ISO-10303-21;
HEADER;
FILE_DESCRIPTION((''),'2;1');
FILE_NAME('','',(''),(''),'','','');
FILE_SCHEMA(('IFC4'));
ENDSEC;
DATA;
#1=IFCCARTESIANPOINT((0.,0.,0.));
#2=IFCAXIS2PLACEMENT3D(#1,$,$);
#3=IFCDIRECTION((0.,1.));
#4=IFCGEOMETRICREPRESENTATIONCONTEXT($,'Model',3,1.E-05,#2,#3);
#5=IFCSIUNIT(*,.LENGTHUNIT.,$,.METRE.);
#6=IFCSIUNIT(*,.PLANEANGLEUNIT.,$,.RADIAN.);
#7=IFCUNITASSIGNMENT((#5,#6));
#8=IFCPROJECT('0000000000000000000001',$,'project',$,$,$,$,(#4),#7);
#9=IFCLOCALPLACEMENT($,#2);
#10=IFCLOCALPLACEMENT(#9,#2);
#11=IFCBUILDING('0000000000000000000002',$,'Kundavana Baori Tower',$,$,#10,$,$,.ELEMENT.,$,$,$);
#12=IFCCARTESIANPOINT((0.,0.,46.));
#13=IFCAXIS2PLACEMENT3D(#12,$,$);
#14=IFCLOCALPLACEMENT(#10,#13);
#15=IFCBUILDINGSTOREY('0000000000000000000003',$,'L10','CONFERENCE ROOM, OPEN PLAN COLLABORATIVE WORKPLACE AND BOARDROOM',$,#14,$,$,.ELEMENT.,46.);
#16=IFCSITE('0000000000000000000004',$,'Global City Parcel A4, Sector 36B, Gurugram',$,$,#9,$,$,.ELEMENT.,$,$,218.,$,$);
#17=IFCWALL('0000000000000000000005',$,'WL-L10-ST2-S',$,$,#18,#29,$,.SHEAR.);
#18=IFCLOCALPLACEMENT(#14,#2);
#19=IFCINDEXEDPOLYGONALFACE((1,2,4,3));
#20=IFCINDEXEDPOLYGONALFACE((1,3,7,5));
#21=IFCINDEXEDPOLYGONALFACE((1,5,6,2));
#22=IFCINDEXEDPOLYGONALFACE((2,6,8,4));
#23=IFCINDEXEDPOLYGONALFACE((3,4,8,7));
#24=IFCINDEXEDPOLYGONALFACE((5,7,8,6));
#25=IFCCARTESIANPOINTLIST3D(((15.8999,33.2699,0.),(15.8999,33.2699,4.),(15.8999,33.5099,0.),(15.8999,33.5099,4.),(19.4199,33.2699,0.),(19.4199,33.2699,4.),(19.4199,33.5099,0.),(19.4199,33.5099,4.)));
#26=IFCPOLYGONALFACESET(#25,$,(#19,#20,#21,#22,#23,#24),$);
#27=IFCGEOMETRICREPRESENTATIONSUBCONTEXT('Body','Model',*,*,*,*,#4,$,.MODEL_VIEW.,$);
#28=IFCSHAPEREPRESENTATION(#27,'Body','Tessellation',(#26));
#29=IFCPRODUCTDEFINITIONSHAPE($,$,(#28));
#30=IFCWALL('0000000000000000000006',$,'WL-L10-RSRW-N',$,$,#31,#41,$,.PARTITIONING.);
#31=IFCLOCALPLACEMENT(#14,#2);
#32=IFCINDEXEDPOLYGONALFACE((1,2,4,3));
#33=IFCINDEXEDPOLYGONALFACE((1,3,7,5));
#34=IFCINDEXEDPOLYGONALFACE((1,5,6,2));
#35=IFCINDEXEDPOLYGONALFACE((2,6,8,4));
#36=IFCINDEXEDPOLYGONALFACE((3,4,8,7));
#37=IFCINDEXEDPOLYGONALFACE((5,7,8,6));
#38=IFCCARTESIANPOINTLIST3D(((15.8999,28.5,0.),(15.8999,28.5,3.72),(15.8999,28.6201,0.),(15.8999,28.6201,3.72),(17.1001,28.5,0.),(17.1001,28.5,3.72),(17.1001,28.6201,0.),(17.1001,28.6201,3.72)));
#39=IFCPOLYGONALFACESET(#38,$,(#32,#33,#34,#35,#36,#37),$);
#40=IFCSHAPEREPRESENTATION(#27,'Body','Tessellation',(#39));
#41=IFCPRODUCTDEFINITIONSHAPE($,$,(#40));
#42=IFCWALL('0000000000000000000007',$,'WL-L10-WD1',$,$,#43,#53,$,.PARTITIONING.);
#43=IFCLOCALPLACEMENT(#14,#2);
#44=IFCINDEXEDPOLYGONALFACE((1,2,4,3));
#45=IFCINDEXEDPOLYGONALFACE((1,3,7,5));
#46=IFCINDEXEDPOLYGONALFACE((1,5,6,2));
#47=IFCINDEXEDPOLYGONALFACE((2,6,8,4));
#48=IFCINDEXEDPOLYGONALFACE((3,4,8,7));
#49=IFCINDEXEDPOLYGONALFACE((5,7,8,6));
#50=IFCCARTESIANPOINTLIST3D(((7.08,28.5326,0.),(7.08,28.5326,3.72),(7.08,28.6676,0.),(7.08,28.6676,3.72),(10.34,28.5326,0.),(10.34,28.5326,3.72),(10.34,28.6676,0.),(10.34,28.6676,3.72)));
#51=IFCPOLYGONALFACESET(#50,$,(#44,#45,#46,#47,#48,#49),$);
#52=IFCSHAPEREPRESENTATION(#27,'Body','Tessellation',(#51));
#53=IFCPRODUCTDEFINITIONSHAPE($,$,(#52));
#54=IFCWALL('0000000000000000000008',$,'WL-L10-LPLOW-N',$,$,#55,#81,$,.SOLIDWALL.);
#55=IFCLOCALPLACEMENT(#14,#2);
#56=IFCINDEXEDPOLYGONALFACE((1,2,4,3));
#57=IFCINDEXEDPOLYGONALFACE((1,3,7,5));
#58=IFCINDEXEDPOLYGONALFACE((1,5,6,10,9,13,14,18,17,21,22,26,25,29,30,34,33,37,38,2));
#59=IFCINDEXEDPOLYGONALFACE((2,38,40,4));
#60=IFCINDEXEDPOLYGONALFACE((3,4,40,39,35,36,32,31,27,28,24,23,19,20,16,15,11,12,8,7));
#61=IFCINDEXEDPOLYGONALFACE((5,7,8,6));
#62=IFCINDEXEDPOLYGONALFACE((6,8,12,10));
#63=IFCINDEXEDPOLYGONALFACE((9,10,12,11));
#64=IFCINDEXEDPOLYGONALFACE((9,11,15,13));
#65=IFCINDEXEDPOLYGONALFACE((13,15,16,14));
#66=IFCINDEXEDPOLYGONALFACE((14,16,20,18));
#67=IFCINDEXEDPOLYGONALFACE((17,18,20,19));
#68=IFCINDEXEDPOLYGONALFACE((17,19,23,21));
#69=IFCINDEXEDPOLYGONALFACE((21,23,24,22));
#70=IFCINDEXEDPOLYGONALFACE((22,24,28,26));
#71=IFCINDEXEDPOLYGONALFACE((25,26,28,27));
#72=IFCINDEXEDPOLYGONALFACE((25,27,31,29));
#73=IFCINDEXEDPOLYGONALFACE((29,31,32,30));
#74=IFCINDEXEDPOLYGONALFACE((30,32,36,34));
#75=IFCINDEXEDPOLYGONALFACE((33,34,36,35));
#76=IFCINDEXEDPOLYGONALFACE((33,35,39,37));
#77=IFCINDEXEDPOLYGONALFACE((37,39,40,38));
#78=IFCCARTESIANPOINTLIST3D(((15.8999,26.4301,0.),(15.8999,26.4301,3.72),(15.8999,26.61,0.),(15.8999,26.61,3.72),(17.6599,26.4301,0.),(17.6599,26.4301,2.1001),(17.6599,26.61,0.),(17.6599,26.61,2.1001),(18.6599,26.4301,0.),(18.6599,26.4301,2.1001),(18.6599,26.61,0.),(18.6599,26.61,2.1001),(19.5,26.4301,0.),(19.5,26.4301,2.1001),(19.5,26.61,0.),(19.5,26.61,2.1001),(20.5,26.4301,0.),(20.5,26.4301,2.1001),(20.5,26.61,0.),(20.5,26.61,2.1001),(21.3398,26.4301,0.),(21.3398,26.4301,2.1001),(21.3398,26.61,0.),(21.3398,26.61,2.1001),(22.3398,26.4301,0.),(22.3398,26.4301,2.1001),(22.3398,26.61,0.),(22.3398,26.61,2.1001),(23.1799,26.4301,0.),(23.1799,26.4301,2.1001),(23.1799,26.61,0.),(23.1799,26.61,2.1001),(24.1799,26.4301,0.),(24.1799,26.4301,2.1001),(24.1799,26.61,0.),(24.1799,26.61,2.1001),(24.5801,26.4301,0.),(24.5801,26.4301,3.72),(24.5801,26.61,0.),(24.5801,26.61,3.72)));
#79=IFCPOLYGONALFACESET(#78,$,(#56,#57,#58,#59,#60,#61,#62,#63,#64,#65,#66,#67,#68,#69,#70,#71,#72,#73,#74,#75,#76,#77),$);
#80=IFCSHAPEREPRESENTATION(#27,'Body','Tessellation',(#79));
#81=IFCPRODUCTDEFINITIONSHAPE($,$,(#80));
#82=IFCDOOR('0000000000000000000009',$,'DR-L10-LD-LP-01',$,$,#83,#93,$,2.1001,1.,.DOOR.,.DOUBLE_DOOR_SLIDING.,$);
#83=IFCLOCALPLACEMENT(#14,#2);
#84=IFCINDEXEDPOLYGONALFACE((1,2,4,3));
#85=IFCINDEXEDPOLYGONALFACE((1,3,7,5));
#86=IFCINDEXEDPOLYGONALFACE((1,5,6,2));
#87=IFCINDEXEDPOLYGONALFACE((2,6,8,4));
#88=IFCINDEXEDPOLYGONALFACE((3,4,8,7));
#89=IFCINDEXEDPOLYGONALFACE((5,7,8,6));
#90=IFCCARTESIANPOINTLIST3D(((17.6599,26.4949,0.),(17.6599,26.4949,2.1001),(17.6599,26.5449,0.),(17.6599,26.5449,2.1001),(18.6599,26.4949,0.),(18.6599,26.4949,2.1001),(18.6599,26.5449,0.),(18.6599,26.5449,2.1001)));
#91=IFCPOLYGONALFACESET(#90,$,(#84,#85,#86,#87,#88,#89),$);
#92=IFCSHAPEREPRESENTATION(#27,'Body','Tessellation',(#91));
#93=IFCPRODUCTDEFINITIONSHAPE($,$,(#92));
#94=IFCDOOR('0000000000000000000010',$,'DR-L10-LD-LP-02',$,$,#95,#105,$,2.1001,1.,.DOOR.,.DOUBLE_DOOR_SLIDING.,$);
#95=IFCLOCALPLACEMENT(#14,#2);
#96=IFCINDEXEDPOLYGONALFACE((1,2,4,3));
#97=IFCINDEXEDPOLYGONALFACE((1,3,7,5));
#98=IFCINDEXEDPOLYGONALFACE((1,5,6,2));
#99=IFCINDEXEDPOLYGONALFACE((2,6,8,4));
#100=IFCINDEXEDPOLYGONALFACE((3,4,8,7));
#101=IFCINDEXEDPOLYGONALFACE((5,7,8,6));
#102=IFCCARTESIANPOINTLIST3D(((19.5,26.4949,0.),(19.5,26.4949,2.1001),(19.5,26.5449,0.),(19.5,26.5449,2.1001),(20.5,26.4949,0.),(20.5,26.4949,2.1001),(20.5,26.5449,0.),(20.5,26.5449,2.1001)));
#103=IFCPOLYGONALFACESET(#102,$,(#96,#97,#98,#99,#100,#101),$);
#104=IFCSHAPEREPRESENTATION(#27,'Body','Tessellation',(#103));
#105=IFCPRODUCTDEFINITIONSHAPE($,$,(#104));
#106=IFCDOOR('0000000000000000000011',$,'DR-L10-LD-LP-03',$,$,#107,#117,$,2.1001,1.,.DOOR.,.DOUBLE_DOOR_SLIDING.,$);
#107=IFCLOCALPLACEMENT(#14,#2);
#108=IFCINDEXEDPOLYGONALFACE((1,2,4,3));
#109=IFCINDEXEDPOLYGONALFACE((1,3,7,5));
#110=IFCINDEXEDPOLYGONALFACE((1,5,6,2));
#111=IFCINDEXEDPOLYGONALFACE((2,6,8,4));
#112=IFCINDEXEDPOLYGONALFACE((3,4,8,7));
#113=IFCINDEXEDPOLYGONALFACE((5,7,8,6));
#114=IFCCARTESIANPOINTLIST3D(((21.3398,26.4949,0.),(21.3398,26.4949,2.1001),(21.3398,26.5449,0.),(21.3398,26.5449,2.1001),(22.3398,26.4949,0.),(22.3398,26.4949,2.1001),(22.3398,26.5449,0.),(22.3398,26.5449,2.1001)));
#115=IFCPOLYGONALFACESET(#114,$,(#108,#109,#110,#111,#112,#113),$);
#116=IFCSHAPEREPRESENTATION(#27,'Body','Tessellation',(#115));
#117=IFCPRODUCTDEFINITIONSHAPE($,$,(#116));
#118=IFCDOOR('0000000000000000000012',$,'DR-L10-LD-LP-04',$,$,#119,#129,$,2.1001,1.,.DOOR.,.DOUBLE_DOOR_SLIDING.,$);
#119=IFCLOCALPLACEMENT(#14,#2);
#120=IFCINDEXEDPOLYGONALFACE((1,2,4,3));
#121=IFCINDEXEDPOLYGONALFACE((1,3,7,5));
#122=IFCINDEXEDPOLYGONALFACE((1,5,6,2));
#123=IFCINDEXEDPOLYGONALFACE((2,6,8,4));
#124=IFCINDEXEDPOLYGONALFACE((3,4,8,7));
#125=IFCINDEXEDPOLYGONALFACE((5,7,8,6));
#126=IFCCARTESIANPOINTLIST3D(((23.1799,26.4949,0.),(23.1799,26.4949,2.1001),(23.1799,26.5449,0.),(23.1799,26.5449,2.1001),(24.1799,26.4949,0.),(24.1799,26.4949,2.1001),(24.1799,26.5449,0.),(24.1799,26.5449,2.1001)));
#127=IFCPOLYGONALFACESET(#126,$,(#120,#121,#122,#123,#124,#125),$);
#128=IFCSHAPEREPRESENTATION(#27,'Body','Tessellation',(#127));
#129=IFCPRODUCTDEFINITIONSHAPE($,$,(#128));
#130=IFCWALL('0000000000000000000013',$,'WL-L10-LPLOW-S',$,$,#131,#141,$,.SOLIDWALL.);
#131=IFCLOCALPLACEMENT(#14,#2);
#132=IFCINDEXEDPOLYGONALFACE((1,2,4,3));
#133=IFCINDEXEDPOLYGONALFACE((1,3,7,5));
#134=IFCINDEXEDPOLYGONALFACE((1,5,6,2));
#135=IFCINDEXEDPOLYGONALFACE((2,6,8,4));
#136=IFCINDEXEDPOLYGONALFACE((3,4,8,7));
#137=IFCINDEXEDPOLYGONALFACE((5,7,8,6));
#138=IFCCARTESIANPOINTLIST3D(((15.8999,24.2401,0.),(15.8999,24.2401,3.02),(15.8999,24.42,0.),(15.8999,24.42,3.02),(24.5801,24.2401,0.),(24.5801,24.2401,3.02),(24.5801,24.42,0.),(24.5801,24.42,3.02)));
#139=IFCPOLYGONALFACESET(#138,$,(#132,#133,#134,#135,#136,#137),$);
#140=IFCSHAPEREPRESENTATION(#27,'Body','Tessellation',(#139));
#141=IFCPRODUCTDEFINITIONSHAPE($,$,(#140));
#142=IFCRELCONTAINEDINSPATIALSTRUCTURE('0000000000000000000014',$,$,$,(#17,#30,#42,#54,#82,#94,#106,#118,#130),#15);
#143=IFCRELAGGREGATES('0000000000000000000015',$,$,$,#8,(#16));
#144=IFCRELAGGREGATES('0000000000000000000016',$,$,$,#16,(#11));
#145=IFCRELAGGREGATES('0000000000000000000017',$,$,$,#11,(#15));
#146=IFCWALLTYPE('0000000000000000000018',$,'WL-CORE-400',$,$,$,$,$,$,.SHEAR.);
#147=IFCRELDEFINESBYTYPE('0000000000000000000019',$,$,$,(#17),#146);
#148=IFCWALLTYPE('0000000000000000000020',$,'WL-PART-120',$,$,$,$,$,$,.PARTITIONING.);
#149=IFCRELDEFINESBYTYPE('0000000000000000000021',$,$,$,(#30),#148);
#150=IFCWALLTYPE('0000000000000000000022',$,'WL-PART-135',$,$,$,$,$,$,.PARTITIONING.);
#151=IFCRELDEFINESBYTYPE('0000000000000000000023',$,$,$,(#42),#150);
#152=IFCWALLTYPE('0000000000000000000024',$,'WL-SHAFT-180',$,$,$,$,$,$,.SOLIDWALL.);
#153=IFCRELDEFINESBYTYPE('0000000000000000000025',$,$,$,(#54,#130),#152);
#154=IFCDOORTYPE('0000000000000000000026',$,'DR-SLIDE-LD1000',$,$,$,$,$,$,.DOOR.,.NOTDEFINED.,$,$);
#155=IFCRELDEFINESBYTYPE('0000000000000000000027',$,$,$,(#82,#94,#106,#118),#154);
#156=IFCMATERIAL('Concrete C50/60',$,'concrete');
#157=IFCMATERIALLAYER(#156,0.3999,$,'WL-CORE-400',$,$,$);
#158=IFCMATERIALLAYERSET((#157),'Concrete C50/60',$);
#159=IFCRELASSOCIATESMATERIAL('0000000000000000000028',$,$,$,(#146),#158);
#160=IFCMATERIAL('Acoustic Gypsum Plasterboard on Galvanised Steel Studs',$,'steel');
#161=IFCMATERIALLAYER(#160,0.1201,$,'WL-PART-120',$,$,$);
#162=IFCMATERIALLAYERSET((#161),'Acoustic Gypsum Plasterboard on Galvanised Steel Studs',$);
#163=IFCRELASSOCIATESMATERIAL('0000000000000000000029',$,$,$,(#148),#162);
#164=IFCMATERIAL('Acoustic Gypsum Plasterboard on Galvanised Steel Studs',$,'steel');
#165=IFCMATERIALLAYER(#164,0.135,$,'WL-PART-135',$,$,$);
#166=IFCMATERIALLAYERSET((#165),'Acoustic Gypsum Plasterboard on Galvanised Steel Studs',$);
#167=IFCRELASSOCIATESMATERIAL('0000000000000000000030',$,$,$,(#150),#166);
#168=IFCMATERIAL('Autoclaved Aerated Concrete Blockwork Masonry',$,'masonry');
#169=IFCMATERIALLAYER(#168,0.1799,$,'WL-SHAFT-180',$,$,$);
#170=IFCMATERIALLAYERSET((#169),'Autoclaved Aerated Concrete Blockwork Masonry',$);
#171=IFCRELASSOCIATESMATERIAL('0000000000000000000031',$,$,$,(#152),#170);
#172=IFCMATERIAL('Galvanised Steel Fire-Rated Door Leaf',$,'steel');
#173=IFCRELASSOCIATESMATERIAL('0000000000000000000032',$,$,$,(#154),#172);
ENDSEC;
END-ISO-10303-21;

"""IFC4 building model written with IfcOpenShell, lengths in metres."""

from ifc_helpers import new_model, si_unit, direction, frame, frame_2d, origin, place, context, subcontext, project, spatial, rectangle, extrude, material, layer, layer_set, type_object, element, fill, save


model = new_model("IFC4")

# Units and contexts
model_context = context("Model", 3, precision=1e-05, world=origin(), true_north=direction((0.0, 1.0)))
body_context = subcontext(model_context, "Body", "Model", "MODEL_VIEW")
ifc_project = project(units=[si_unit("LENGTHUNIT", "METRE"), si_unit("PLANEANGLEUNIT", "RADIAN")], contexts=[model_context])

# Site, building, storey
site_placement = place(None, origin())
site = spatial("IfcSite", under=ifc_project, at=site_placement, Name="Global City Parcel A4, Sector 36B, Gurugram", CompositionType="ELEMENT", RefElevation=218.0)
building_placement = place(site_placement, origin())
building = spatial("IfcBuilding", under=site, at=building_placement, Name="Kundavana Baori Tower", CompositionType="ELEMENT")
storey_placement = place(building_placement, frame((0.0, 0.0, 46.0)))
storey = spatial("IfcBuildingStorey", under=building, at=storey_placement, Name="L10", Description="CONFERENCE ROOM, OPEN PLAN COLLABORATIVE WORKPLACE AND BOARDROOM", CompositionType="ELEMENT", Elevation=46.0)

# Walls
ifc_material_1 = material(Name="Concrete C50/60", Category="concrete")
ifc_layer_1 = layer(ifc_material_1, 0.3999, Name="WL-CORE-400")
ifc_layer_set_1 = layer_set([ifc_layer_1], Name="Concrete C50/60")
wall_type_1 = type_object("IfcWallType", Name="WL-CORE-400", PredefinedType="SHEAR", material=ifc_layer_set_1)
wall_1_placement = place(storey_placement, frame((15.8999, 33.3899, 0.0), z_axis=(0.0, 0.0, 1.0), x_axis=(1.0, 0.0, 0.0)))
element("IfcWall", 1, at=wall_1_placement, inside=storey, type_object=wall_type_1, Name="WL-L10-ST2-S", PredefinedType="SHEAR", context=body_context, shape_type="SweptSolid", body=[
    extrude(rectangle(XDim=3.52, YDim=0.24, at=frame_2d((1.76, 0.0))), origin(), (0.0, 0.0, 1.0), 4.0),
])
ifc_material_2 = material(Name="Acoustic Gypsum Plasterboard on Galvanised Steel Studs", Category="steel")
ifc_layer_2 = layer(ifc_material_2, 0.1201, Name="WL-PART-120")
ifc_layer_set_2 = layer_set([ifc_layer_2], Name="Acoustic Gypsum Plasterboard on Galvanised Steel Studs")
wall_type_2 = type_object("IfcWallType", Name="WL-PART-120", PredefinedType="PARTITIONING", material=ifc_layer_set_2)
wall_2_placement = place(storey_placement, frame((15.8999, 28.5601, 0.0), z_axis=(0.0, 0.0, 1.0), x_axis=(1.0, 0.0, 0.0)))
element("IfcWall", 2, at=wall_2_placement, inside=storey, type_object=wall_type_2, Name="WL-L10-RSRW-N", PredefinedType="PARTITIONING", context=body_context, shape_type="SweptSolid", body=[
    extrude(rectangle(XDim=1.2002, YDim=0.1201, at=frame_2d((0.6001, 0.0))), origin(), (0.0, 0.0, 1.0), 3.72),
])
ifc_material_3 = material(Name="Acoustic Gypsum Plasterboard on Galvanised Steel Studs", Category="steel")
ifc_layer_3 = layer(ifc_material_3, 0.135, Name="WL-PART-135")
ifc_layer_set_3 = layer_set([ifc_layer_3], Name="Acoustic Gypsum Plasterboard on Galvanised Steel Studs")
wall_type_3 = type_object("IfcWallType", Name="WL-PART-135", PredefinedType="PARTITIONING", material=ifc_layer_set_3)
wall_3_placement = place(storey_placement, frame((7.0801, 28.6001, 0.0), z_axis=(0.0, 0.0, 1.0), x_axis=(1.0, 0.0, 0.0)))
element("IfcWall", 3, at=wall_3_placement, inside=storey, type_object=wall_type_3, Name="WL-L10-WD1", PredefinedType="PARTITIONING", context=body_context, shape_type="SweptSolid", body=[
    extrude(rectangle(XDim=3.26, YDim=0.135, at=frame_2d((1.6299, 0.0))), origin(), (0.0, 0.0, 1.0), 3.72),
])

# Wall, openings, doors
ifc_material_4 = material(Name="Autoclaved Aerated Concrete Blockwork Masonry", Category="masonry")
ifc_layer_4 = layer(ifc_material_4, 0.1799, Name="WL-SHAFT-180")
ifc_layer_set_4 = layer_set([ifc_layer_4], Name="Autoclaved Aerated Concrete Blockwork Masonry")
wall_type_4 = type_object("IfcWallType", Name="WL-SHAFT-180", PredefinedType="SOLIDWALL", material=ifc_layer_set_4)
wall_4_placement = place(storey_placement, frame((15.8999, 26.52, 0.0), z_axis=(0.0, 0.0, 1.0), x_axis=(1.0, 0.0, 0.0)))
wall_4 = element("IfcWall", 4, at=wall_4_placement, inside=storey, type_object=wall_type_4, Name="WL-L10-LPLOW-N", PredefinedType="SOLIDWALL", context=body_context, shape_type="SweptSolid", body=[
    extrude(rectangle(XDim=8.6802, YDim=0.1799, at=frame_2d((4.3401, 0.0))), origin(), (0.0, 0.0, 1.0), 3.72),
])
opening_1_placement = place(wall_4_placement, frame((1.76, 0.0, 0.0)))
opening_1 = element("IfcOpeningElement", 5, at=opening_1_placement, cuts=wall_4, PredefinedType="OPENING", context=body_context, shape_type="SweptSolid", body=[
    extrude(rectangle(XDim=1.0, YDim=2.1001, at=frame_2d((0.5, 1.05))), frame((0.0, 0.1001, 0.0), z_axis=(0.0, -1.0, 0.0), x_axis=(1.0, 0.0, 0.0)), (0.0, 0.0, 1.0), 0.2),
])
opening_2_placement = place(wall_4_placement, frame((3.6001, 0.0, 0.0)))
opening_2 = element("IfcOpeningElement", 6, at=opening_2_placement, cuts=wall_4, PredefinedType="OPENING", context=body_context, shape_type="SweptSolid", body=[
    extrude(rectangle(XDim=1.0, YDim=2.1001, at=frame_2d((0.5, 1.05))), frame((0.0, 0.1001, 0.0), z_axis=(0.0, -1.0, 0.0), x_axis=(1.0, 0.0, 0.0)), (0.0, 0.0, 1.0), 0.2),
])
opening_3_placement = place(wall_4_placement, frame((5.4399, 0.0, 0.0)))
opening_3 = element("IfcOpeningElement", 7, at=opening_3_placement, cuts=wall_4, PredefinedType="OPENING", context=body_context, shape_type="SweptSolid", body=[
    extrude(rectangle(XDim=1.0, YDim=2.1001, at=frame_2d((0.5, 1.05))), frame((0.0, 0.1001, 0.0), z_axis=(0.0, -1.0, 0.0), x_axis=(1.0, 0.0, 0.0)), (0.0, 0.0, 1.0), 0.2),
])
opening_4_placement = place(wall_4_placement, frame((7.28, 0.0, 0.0)))
opening_4 = element("IfcOpeningElement", 8, at=opening_4_placement, cuts=wall_4, PredefinedType="OPENING", context=body_context, shape_type="SweptSolid", body=[
    extrude(rectangle(XDim=1.0, YDim=2.1001, at=frame_2d((0.5, 1.05))), frame((0.0, 0.1001, 0.0), z_axis=(0.0, -1.0, 0.0), x_axis=(1.0, 0.0, 0.0)), (0.0, 0.0, 1.0), 0.2),
])
ifc_material_5 = material(Name="Galvanised Steel Fire-Rated Door Leaf", Category="steel")
door_type = type_object("IfcDoorType", Name="DR-SLIDE-LD1000", OperationType="NOTDEFINED", PredefinedType="DOOR", material=ifc_material_5)
door_1_placement = place(opening_1_placement, origin())
door_1 = element("IfcDoor", 9, at=door_1_placement, inside=storey, type_object=door_type, Name="DR-L10-LD-LP-01", OperationType="DOUBLE_DOOR_SLIDING", OverallHeight=2.1001, OverallWidth=1.0, PredefinedType="DOOR", context=body_context, shape_type="SweptSolid", body=[
    extrude(rectangle(XDim=1.0, YDim=2.1001, at=frame_2d((0.5, 1.05))), frame((0.0, 0.0249, 0.0), z_axis=(0.0, -1.0, 0.0), x_axis=(1.0, 0.0, 0.0)), (0.0, 0.0, 1.0), 0.05),
])
fill(opening_1, door_1)
door_2_placement = place(opening_2_placement, origin())
door_2 = element("IfcDoor", 10, at=door_2_placement, inside=storey, type_object=door_type, Name="DR-L10-LD-LP-02", OperationType="DOUBLE_DOOR_SLIDING", OverallHeight=2.1001, OverallWidth=1.0, PredefinedType="DOOR", context=body_context, shape_type="SweptSolid", body=[
    extrude(rectangle(XDim=1.0, YDim=2.1001, at=frame_2d((0.5, 1.05))), frame((0.0, 0.0249, 0.0), z_axis=(0.0, -1.0, 0.0), x_axis=(1.0, 0.0, 0.0)), (0.0, 0.0, 1.0), 0.05),
])
fill(opening_2, door_2)
door_3_placement = place(opening_3_placement, origin())
door_3 = element("IfcDoor", 11, at=door_3_placement, inside=storey, type_object=door_type, Name="DR-L10-LD-LP-03", OperationType="DOUBLE_DOOR_SLIDING", OverallHeight=2.1001, OverallWidth=1.0, PredefinedType="DOOR", context=body_context, shape_type="SweptSolid", body=[
    extrude(rectangle(XDim=1.0, YDim=2.1001, at=frame_2d((0.5, 1.05))), frame((0.0, 0.0249, 0.0), z_axis=(0.0, -1.0, 0.0), x_axis=(1.0, 0.0, 0.0)), (0.0, 0.0, 1.0), 0.05),
])
fill(opening_3, door_3)
door_4_placement = place(opening_4_placement, origin())
door_4 = element("IfcDoor", 12, at=door_4_placement, inside=storey, type_object=door_type, Name="DR-L10-LD-LP-04", OperationType="DOUBLE_DOOR_SLIDING", OverallHeight=2.1001, OverallWidth=1.0, PredefinedType="DOOR", context=body_context, shape_type="SweptSolid", body=[
    extrude(rectangle(XDim=1.0, YDim=2.1001, at=frame_2d((0.5, 1.05))), frame((0.0, 0.0249, 0.0), z_axis=(0.0, -1.0, 0.0), x_axis=(1.0, 0.0, 0.0)), (0.0, 0.0, 1.0), 0.05),
])
fill(opening_4, door_4)

# Wall
wall_5_placement = place(storey_placement, frame((15.8999, 24.3301, 0.0), z_axis=(0.0, 0.0, 1.0), x_axis=(1.0, 0.0, 0.0)))
element("IfcWall", 13, at=wall_5_placement, inside=storey, type_object=wall_type_4, Name="WL-L10-LPLOW-S", PredefinedType="SOLIDWALL", context=body_context, shape_type="SweptSolid", body=[
    extrude(rectangle(XDim=8.6802, YDim=0.1799, at=frame_2d((4.3401, 0.0))), origin(), (0.0, 0.0, 1.0), 3.02),
])

save(model, "model.ifc")
